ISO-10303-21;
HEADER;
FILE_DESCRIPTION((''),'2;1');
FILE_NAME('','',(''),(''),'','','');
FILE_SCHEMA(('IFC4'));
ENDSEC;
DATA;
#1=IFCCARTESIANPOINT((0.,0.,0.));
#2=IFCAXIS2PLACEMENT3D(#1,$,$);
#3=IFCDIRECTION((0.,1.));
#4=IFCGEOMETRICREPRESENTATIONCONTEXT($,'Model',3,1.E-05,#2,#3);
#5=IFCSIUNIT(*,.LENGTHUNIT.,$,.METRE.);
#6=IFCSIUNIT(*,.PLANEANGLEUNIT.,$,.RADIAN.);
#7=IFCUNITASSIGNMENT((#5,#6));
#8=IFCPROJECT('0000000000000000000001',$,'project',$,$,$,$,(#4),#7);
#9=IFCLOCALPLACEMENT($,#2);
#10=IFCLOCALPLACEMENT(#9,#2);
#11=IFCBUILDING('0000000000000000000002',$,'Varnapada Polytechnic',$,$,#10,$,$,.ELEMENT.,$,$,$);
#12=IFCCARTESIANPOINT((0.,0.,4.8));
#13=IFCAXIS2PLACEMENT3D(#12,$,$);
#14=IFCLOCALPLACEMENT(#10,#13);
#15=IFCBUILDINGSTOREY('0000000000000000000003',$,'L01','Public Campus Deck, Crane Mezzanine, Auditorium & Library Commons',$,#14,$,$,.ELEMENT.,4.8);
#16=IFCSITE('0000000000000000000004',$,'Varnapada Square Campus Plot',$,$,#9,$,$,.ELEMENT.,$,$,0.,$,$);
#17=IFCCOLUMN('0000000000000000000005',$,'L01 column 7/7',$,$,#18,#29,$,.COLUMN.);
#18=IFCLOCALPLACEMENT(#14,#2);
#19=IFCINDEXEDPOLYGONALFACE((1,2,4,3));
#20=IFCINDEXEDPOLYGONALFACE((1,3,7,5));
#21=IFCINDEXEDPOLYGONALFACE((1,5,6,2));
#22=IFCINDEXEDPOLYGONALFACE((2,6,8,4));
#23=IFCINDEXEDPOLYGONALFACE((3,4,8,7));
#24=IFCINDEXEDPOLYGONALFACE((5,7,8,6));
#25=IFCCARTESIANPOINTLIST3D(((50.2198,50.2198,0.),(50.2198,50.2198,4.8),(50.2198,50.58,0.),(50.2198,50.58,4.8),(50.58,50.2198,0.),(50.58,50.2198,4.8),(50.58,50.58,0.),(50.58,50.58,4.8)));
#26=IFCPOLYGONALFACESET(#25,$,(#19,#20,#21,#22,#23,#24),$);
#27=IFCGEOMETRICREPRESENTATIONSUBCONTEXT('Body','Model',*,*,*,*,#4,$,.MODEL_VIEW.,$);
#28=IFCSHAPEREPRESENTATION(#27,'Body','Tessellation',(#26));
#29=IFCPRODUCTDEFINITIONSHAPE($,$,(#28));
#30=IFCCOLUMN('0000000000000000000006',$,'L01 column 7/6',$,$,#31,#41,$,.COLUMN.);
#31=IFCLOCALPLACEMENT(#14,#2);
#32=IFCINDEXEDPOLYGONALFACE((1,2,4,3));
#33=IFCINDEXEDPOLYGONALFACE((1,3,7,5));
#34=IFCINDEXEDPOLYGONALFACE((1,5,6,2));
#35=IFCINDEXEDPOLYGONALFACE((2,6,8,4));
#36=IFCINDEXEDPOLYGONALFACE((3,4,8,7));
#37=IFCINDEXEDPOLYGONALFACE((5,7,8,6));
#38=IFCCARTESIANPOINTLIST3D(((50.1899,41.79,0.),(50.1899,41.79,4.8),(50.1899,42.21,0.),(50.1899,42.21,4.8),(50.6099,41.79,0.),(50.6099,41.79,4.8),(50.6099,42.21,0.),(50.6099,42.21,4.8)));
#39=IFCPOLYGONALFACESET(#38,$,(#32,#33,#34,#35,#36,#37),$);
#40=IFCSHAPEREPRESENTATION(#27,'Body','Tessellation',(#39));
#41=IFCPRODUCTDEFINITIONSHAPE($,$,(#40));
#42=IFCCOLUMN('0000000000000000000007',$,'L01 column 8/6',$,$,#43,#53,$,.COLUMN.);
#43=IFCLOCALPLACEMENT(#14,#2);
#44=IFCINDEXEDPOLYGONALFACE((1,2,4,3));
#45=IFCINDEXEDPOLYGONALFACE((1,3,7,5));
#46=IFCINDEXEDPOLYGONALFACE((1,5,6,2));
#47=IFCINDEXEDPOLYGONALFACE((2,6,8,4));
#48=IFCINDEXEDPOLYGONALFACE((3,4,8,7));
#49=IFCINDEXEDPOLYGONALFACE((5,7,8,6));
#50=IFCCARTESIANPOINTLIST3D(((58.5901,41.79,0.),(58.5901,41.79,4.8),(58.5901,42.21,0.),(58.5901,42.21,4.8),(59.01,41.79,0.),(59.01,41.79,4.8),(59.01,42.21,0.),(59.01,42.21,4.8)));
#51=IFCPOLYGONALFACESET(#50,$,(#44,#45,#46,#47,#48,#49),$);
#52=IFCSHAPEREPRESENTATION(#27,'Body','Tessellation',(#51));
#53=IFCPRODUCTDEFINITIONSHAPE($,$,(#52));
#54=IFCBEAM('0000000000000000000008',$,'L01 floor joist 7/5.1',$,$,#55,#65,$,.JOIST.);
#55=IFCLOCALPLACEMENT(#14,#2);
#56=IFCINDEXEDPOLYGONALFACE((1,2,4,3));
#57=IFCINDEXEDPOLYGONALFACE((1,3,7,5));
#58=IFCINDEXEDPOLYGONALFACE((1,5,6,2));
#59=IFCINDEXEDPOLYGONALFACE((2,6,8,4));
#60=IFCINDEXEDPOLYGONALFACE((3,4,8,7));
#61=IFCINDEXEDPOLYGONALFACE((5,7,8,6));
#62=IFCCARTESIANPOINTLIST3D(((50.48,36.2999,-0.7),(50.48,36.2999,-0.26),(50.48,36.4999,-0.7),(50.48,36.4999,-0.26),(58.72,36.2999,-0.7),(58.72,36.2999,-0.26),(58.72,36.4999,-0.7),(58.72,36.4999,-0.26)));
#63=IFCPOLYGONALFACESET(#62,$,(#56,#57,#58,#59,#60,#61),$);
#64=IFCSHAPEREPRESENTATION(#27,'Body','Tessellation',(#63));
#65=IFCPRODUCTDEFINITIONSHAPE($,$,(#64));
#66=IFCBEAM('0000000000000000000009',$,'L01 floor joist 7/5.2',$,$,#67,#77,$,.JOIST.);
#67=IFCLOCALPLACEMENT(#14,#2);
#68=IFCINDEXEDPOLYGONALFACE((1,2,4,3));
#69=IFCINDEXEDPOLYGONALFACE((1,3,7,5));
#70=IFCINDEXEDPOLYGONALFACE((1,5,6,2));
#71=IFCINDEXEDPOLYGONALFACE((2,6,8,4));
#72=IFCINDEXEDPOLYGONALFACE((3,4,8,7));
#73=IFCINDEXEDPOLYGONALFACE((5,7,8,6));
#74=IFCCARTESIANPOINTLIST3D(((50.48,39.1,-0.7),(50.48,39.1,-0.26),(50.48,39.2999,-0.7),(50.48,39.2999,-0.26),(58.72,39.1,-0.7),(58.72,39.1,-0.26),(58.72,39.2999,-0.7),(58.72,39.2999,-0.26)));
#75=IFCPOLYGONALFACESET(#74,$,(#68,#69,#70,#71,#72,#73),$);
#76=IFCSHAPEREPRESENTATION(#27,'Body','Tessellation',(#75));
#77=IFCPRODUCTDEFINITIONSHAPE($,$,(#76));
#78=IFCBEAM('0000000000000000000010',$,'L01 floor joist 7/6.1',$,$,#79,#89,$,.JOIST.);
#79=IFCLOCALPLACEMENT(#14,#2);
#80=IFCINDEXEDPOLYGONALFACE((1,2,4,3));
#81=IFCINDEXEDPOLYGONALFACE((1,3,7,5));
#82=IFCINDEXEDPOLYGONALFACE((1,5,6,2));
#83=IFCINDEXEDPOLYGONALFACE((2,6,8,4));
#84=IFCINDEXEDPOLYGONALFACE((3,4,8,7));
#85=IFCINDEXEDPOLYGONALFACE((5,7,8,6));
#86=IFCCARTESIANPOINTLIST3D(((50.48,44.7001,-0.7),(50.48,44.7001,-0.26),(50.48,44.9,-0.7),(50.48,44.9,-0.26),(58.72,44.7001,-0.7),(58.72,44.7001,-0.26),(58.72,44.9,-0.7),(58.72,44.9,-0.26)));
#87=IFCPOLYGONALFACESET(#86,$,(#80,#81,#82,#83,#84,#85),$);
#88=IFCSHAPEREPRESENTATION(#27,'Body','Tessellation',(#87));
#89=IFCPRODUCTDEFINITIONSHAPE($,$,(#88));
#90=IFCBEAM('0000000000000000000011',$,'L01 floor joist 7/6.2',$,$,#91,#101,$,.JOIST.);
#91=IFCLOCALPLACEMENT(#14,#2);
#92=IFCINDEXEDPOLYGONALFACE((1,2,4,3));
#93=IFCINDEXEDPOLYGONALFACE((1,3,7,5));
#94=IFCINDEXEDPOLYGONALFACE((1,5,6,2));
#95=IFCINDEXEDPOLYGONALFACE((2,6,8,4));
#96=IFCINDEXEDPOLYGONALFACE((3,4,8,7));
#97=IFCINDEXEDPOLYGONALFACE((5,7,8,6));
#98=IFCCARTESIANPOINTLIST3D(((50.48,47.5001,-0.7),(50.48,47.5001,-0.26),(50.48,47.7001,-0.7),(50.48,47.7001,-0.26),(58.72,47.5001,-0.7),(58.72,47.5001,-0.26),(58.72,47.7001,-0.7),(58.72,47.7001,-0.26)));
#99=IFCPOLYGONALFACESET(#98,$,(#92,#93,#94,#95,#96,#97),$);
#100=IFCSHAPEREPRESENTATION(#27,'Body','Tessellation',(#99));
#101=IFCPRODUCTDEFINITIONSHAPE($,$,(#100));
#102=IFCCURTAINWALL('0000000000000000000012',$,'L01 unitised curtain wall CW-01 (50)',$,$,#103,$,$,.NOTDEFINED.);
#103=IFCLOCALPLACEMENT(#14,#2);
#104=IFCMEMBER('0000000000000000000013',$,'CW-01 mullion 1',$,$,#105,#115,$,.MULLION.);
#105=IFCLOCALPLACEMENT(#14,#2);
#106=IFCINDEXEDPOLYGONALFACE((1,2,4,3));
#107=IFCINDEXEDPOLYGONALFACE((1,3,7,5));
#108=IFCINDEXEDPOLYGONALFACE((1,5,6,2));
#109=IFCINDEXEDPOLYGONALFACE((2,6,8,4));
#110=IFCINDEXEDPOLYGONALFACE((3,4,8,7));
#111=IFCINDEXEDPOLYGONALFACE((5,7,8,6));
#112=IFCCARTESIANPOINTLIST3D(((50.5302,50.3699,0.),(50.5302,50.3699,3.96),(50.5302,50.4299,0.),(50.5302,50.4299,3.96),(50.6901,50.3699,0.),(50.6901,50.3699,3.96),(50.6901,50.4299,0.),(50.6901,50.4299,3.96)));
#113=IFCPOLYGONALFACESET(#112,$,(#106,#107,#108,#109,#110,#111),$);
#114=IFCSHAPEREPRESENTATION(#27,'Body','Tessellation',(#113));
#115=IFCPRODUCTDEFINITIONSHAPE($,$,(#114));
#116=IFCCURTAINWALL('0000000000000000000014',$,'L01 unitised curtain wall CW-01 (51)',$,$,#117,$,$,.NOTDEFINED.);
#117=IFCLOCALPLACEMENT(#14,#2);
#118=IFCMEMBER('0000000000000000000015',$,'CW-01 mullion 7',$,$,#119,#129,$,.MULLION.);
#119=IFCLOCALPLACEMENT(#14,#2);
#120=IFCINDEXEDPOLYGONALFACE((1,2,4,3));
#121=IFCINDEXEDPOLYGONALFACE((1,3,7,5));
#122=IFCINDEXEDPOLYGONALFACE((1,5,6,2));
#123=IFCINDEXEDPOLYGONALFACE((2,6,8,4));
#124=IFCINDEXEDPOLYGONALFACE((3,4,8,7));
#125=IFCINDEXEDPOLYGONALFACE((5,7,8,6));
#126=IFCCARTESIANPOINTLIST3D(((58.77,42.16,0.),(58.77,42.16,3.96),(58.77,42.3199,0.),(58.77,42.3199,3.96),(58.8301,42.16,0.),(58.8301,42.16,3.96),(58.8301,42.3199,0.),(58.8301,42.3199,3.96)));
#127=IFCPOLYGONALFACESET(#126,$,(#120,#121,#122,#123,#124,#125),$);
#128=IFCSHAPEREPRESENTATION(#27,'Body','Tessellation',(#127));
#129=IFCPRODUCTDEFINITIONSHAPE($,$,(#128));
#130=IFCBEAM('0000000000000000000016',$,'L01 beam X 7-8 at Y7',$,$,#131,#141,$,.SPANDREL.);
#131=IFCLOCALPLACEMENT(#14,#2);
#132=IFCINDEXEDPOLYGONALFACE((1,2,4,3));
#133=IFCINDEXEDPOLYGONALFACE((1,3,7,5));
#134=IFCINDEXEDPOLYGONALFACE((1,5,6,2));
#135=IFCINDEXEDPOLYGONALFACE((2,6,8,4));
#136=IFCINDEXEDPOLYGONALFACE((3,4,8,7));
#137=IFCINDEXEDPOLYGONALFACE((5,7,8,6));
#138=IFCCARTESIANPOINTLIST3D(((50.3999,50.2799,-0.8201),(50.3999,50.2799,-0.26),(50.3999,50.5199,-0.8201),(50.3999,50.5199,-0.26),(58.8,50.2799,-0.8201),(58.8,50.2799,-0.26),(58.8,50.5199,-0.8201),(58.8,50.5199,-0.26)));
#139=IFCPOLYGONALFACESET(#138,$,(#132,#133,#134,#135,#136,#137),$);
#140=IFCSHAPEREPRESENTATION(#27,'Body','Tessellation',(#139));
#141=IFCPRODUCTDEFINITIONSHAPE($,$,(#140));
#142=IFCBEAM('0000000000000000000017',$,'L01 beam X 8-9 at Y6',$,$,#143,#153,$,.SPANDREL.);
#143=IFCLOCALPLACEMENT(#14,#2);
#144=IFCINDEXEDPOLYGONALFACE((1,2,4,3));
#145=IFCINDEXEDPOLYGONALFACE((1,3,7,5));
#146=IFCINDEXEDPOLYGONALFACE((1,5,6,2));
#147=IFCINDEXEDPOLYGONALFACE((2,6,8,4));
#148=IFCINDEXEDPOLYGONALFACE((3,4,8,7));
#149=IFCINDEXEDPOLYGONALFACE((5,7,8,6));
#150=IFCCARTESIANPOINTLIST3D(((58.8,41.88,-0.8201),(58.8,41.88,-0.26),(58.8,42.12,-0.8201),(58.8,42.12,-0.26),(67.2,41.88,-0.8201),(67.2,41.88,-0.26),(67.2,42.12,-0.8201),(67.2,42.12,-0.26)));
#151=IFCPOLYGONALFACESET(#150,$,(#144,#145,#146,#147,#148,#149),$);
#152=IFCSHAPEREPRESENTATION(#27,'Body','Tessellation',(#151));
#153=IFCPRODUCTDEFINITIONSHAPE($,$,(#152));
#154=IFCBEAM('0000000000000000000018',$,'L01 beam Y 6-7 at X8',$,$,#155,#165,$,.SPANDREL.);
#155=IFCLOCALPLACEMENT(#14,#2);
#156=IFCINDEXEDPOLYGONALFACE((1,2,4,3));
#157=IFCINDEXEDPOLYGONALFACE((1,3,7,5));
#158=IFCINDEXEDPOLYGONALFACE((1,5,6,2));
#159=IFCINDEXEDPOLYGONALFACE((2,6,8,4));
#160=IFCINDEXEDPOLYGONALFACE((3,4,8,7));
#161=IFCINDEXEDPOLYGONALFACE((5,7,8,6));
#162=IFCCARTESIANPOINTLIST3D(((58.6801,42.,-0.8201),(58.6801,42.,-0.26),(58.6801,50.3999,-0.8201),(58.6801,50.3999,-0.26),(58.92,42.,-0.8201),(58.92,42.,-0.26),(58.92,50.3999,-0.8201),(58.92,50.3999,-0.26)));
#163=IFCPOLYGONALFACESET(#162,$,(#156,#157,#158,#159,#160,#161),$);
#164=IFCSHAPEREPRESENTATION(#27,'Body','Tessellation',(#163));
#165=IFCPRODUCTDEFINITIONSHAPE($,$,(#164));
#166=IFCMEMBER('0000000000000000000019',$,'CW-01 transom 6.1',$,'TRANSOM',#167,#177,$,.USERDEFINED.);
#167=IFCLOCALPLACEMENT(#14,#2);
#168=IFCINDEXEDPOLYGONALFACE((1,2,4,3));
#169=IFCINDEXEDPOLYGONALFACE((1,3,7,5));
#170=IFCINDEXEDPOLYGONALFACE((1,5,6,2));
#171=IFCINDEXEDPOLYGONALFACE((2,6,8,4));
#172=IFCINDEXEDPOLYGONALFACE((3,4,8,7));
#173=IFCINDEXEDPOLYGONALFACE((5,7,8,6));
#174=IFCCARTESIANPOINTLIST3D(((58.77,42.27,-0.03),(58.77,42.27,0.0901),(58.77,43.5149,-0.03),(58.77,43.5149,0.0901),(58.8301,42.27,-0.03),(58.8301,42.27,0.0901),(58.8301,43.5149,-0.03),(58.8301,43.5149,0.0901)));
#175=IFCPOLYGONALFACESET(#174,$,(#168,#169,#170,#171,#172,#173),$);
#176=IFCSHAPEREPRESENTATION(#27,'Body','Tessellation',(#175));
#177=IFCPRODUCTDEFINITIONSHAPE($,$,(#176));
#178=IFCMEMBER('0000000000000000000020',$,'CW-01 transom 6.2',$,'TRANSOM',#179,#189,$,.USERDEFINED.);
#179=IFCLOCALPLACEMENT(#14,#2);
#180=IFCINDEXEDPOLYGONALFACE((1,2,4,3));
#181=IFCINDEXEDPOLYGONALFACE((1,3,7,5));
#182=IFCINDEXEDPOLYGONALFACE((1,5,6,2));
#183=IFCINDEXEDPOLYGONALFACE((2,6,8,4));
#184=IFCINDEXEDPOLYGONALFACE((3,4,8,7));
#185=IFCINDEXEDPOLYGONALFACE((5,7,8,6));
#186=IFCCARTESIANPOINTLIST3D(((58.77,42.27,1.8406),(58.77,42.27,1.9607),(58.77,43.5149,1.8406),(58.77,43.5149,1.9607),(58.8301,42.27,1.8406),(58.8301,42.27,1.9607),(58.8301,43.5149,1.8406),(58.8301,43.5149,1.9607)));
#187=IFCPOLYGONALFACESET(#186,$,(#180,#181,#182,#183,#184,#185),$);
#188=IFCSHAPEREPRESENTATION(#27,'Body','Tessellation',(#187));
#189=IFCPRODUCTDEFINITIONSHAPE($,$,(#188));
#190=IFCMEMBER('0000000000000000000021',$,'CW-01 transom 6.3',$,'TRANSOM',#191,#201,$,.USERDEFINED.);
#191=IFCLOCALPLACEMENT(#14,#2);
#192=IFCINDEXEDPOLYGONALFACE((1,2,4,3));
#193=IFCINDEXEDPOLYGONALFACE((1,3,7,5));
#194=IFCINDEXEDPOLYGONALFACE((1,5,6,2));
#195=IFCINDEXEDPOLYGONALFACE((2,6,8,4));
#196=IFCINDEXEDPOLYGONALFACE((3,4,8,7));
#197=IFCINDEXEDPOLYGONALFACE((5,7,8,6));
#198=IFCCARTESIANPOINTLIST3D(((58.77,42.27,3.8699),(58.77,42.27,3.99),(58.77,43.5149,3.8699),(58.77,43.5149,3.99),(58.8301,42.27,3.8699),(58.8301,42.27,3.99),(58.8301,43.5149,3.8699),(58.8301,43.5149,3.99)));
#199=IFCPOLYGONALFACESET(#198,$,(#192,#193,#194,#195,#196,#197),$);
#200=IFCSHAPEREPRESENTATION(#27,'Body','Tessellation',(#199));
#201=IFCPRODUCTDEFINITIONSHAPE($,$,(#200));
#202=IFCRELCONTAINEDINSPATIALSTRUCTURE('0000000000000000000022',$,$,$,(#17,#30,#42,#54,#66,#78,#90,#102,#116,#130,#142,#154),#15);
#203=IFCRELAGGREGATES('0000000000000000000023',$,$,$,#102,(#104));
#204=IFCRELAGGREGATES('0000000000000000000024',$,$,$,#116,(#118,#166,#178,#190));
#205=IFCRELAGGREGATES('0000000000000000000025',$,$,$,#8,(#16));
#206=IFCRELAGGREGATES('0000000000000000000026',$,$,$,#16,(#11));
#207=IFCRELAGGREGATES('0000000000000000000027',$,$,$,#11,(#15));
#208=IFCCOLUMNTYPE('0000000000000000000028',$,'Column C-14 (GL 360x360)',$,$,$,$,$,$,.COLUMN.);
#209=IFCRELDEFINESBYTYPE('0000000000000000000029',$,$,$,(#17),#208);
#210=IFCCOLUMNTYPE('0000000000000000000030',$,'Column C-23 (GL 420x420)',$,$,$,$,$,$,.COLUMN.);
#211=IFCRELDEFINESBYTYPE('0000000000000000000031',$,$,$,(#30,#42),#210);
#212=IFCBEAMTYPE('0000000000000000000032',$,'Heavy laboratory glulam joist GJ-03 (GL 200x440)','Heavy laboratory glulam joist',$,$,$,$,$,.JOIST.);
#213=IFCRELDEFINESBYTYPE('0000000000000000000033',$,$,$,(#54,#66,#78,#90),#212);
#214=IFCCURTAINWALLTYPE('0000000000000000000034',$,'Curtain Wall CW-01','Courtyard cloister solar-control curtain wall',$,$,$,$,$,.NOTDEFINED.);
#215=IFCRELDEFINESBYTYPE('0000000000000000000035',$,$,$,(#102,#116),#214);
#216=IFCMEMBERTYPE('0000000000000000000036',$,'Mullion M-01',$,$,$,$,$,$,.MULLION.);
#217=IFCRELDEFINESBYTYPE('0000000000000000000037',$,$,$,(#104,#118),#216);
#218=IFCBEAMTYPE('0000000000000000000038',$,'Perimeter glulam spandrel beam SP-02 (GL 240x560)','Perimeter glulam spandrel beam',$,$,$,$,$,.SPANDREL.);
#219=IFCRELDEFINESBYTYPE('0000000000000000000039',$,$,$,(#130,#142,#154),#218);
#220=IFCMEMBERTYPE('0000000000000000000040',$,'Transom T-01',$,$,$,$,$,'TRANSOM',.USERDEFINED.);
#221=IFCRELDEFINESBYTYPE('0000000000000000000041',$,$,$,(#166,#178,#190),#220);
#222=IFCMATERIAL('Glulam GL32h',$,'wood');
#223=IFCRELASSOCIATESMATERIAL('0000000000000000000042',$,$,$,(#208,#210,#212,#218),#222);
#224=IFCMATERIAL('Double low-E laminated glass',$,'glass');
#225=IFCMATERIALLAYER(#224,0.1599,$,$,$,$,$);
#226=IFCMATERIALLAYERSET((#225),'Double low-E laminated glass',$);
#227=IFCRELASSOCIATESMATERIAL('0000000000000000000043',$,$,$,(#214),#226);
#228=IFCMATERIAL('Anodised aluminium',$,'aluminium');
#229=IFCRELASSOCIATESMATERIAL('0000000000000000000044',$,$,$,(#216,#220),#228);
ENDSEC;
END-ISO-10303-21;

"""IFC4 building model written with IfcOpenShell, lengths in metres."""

from ifc_helpers import new_model, si_unit, direction, frame, origin, origin_2d, place, context, subcontext, project, spatial, rectangle, extrude, material, layer, layer_set, material_profile, profile_set, type_object, element, aggregate, save


model = new_model("IFC4")

# Units and contexts
model_context = context("Model", 3, precision=1e-05, world=origin(), true_north=direction((0.0, 1.0)))
body_context = subcontext(model_context, "Body", "Model", "MODEL_VIEW")
ifc_project = project(units=[si_unit("LENGTHUNIT", "METRE"), si_unit("PLANEANGLEUNIT", "RADIAN")], contexts=[model_context])

# Site, building, storey
site_placement = place(None, origin())
site = spatial("IfcSite", under=ifc_project, at=site_placement, Name="Varnapada Square Campus Plot", CompositionType="ELEMENT", RefElevation=0.0)
building_placement = place(site_placement, origin())
building = spatial("IfcBuilding", under=site, at=building_placement, Name="Varnapada Polytechnic", CompositionType="ELEMENT")
storey_placement = place(building_placement, frame((0.0, 0.0, 4.8)))
storey = spatial("IfcBuildingStorey", under=building, at=storey_placement, Name="L01", Description="Public Campus Deck, Crane Mezzanine, Auditorium & Library Commons", CompositionType="ELEMENT", Elevation=4.8)

# Columns
ifc_material_1 = material(Name="Glulam GL32h", Category="wood")
ifc_material_profile_1 = material_profile(ifc_material_1, rectangle(XDim=0.3601, YDim=0.3601, at=origin_2d()), Name="GL 360x360")
ifc_profile_set_1 = profile_set([ifc_material_profile_1], Name="Glulam GL32h")
column_type_1 = type_object("IfcColumnType", Name="Column C-14 (GL 360x360)", PredefinedType="COLUMN", material=ifc_profile_set_1)
column_placement = place(storey_placement, frame((50.3999, 50.3999, 0.0), z_axis=(0.0, 0.0, 1.0), x_axis=(1.0, 0.0, 0.0)))
element("IfcColumn", 1, at=column_placement, inside=storey, type_object=column_type_1, Name="L01 column 7/7", PredefinedType="COLUMN", context=body_context, shape_type="SweptSolid", body=[
    extrude(rectangle(XDim=0.3601, YDim=0.3601, at=origin_2d()), origin(), (0.0, 0.0, 1.0), 4.8),
])
ifc_material_profile_2 = material_profile(ifc_material_1, rectangle(XDim=0.4199, YDim=0.4199, at=origin_2d()), Name="GL 420x420")
ifc_profile_set_2 = profile_set([ifc_material_profile_2], Name="Glulam GL32h")
column_type_2 = type_object("IfcColumnType", Name="Column C-23 (GL 420x420)", PredefinedType="COLUMN", material=ifc_profile_set_2)
for number, where, z_axis, x_axis, name in (
    (2, (50.3999, 42.0, 0.0), (0.0, 0.0, 1.0), (1.0, 0.0, 0.0), "L01 column 7/6"),
    (3, (58.8, 42.0, 0.0), (0.0, 0.0, 1.0), (1.0, 0.0, 0.0), "L01 column 8/6"),
):
    element("IfcColumn", number, at=place(storey_placement, frame(where, z_axis=z_axis, x_axis=x_axis)), inside=storey, type_object=column_type_2, Name=name, PredefinedType="COLUMN", context=body_context, shape_type="SweptSolid", body=[
        extrude(rectangle(XDim=0.4199, YDim=0.4199, at=origin_2d()), origin(), (0.0, 0.0, 1.0), 4.8),
    ])

# Beams
ifc_material_profile_3 = material_profile(ifc_material_1, rectangle(XDim=0.2, YDim=0.4399, at=origin_2d()), Name="GL 200x440")
ifc_profile_set_3 = profile_set([ifc_material_profile_3], Name="Glulam GL32h")
beam_type_1 = type_object("IfcBeamType", Name="Heavy laboratory glulam joist GJ-03 (GL 200x440)", Description="Heavy laboratory glulam joist", PredefinedType="JOIST", material=ifc_profile_set_3)
for number, where, z_axis, x_axis, name in (
    (4, (50.48, 36.3999, -0.48), (1.0, 0.0, 0.0), (0.0, 1.0, 0.0), "L01 floor joist 7/5.1"),
    (5, (50.48, 39.2, -0.48), (1.0, 0.0, 0.0), (0.0, 1.0, 0.0), "L01 floor joist 7/5.2"),
    (6, (50.48, 44.8, -0.48), (1.0, 0.0, 0.0), (0.0, 1.0, 0.0), "L01 floor joist 7/6.1"),
    (7, (50.48, 47.6001, -0.48), (1.0, 0.0, 0.0), (0.0, 1.0, 0.0), "L01 floor joist 7/6.2"),
):
    element("IfcBeam", number, at=place(storey_placement, frame(where, z_axis=z_axis, x_axis=x_axis)), inside=storey, type_object=beam_type_1, Name=name, PredefinedType="JOIST", context=body_context, shape_type="SweptSolid", body=[
        extrude(rectangle(XDim=0.2, YDim=0.4399, at=origin_2d()), origin(), (0.0, 0.0, 1.0), 8.24),
    ])

# Curtain walls, members
ifc_material_2 = material(Name="Double low-E laminated glass", Category="glass")
ifc_layer_1 = layer(ifc_material_2, 0.1599)
ifc_layer_set_1 = layer_set([ifc_layer_1], Name="Double low-E laminated glass")
curtain_wall_type = type_object("IfcCurtainWallType", Name="Curtain Wall CW-01", Description="Courtyard cloister solar-control curtain wall", PredefinedType="NOTDEFINED", material=ifc_layer_set_1)
curtain_wall_1_placement = place(storey_placement, origin())
curtain_wall_1 = element("IfcCurtainWall", 8, at=curtain_wall_1_placement, inside=storey, type_object=curtain_wall_type, Name="L01 unitised curtain wall CW-01 (50)", PredefinedType="NOTDEFINED")
ifc_material_3 = material(Name="Anodised aluminium", Category="aluminium")
ifc_material_profile_4 = material_profile(ifc_material_3, rectangle(XDim=0.0601, YDim=0.1599, at=origin_2d()), Name="ALU M60x160")
ifc_profile_set_4 = profile_set([ifc_material_profile_4], Name="Anodised aluminium")
member_type_1 = type_object("IfcMemberType", Name="Mullion M-01", PredefinedType="MULLION", material=ifc_profile_set_4)
member_1_placement = place(storey_placement, frame((50.6101, 50.3999, 0.0), z_axis=(0.0, 0.0, 1.0), x_axis=(0.0, 1.0, 0.0)))
member_1 = element("IfcMember", 9, at=member_1_placement, type_object=member_type_1, Name="CW-01 mullion 1", PredefinedType="MULLION", context=body_context, shape_type="SweptSolid", body=[
    extrude(rectangle(XDim=0.0601, YDim=0.1599, at=origin_2d()), origin(), (0.0, 0.0, 1.0), 3.96),
])
aggregate(curtain_wall_1, [member_1])
curtain_wall_2_placement = place(storey_placement, origin())
curtain_wall_2 = element("IfcCurtainWall", 10, at=curtain_wall_2_placement, inside=storey, type_object=curtain_wall_type, Name="L01 unitised curtain wall CW-01 (51)", PredefinedType="NOTDEFINED")
member_2_placement = place(storey_placement, frame((58.8, 42.24, 0.0), z_axis=(0.0, 0.0, 1.0), x_axis=(1.0, 0.0, 0.0)))
member_2 = element("IfcMember", 11, at=member_2_placement, type_object=member_type_1, Name="CW-01 mullion 7", PredefinedType="MULLION", context=body_context, shape_type="SweptSolid", body=[
    extrude(rectangle(XDim=0.0601, YDim=0.1599, at=origin_2d()), origin(), (0.0, 0.0, 1.0), 3.96),
])

# Beams
ifc_material_profile_5 = material_profile(ifc_material_1, rectangle(XDim=0.24, YDim=0.5601, at=origin_2d()), Name="GL 240x560")
ifc_profile_set_5 = profile_set([ifc_material_profile_5], Name="Glulam GL32h")
beam_type_2 = type_object("IfcBeamType", Name="Perimeter glulam spandrel beam SP-02 (GL 240x560)", Description="Perimeter glulam spandrel beam", PredefinedType="SPANDREL", material=ifc_profile_set_5)
beam_1_placement = place(storey_placement, frame((50.3999, 50.3999, -0.54), z_axis=(1.0, 0.0, 0.0), x_axis=(0.0, 1.0, 0.0)))
element("IfcBeam", 12, at=beam_1_placement, inside=storey, type_object=beam_type_2, Name="L01 beam X 7-8 at Y7", PredefinedType="SPANDREL", context=body_context, shape_type="SweptSolid", body=[
    extrude(rectangle(XDim=0.24, YDim=0.5601, at=origin_2d()), origin(), (0.0, 0.0, 1.0), 8.4001),
])
for number, where, z_axis, x_axis, name in (
    (13, (58.8, 42.0, -0.54), (1.0, 0.0, 0.0), (0.0, 1.0, 0.0), "L01 beam X 8-9 at Y6"),
    (14, (58.8, 42.0, -0.54), (0.0, 1.0, 0.0), (-1.0, 0.0, 0.0), "L01 beam Y 6-7 at X8"),
):
    element("IfcBeam", number, at=place(storey_placement, frame(where, z_axis=z_axis, x_axis=x_axis)), inside=storey, type_object=beam_type_2, Name=name, PredefinedType="SPANDREL", context=body_context, shape_type="SweptSolid", body=[
        extrude(rectangle(XDim=0.24, YDim=0.5601, at=origin_2d()), origin(), (0.0, 0.0, 1.0), 8.3999),
    ])

# Members
ifc_material_profile_6 = material_profile(ifc_material_3, rectangle(XDim=0.0601, YDim=0.1201, at=origin_2d()), Name="ALU T60x120")
ifc_profile_set_6 = profile_set([ifc_material_profile_6], Name="Anodised aluminium")
member_type_2 = type_object("IfcMemberType", Name="Transom T-01", ElementType="TRANSOM", PredefinedType="USERDEFINED", material=ifc_profile_set_6)
member_3_placement = place(storey_placement, frame((58.8, 43.5149, 0.03), z_axis=(0.0, -1.0, 0.0), x_axis=(1.0, 0.0, 0.0)))
member_3 = element("IfcMember", 15, at=member_3_placement, type_object=member_type_2, Name="CW-01 transom 6.1", ObjectType="TRANSOM", PredefinedType="USERDEFINED", context=body_context, shape_type="SweptSolid", body=[
    extrude(rectangle(XDim=0.0601, YDim=0.1201, at=origin_2d()), origin(), (0.0, 0.0, 1.0), 1.2449),
])
member_4_placement = place(storey_placement, frame((58.8, 43.5149, 1.9006), z_axis=(0.0, -1.0, 0.0), x_axis=(1.0, 0.0, 0.0)))
member_4 = element("IfcMember", 16, at=member_4_placement, type_object=member_type_2, Name="CW-01 transom 6.2", ObjectType="TRANSOM", PredefinedType="USERDEFINED", context=body_context, shape_type="SweptSolid", body=[
    extrude(rectangle(XDim=0.0601, YDim=0.1201, at=origin_2d()), origin(), (0.0, 0.0, 1.0), 1.2449),
])
member_5_placement = place(storey_placement, frame((58.8, 43.5149, 3.9299), z_axis=(0.0, -1.0, 0.0), x_axis=(1.0, 0.0, 0.0)))
member_5 = element("IfcMember", 17, at=member_5_placement, type_object=member_type_2, Name="CW-01 transom 6.3", ObjectType="TRANSOM", PredefinedType="USERDEFINED", context=body_context, shape_type="SweptSolid", body=[
    extrude(rectangle(XDim=0.0601, YDim=0.1201, at=origin_2d()), origin(), (0.0, 0.0, 1.0), 1.2449),
])

aggregate(curtain_wall_2, [member_2, member_3, member_4, member_5])

save(model, "model.ifc")
